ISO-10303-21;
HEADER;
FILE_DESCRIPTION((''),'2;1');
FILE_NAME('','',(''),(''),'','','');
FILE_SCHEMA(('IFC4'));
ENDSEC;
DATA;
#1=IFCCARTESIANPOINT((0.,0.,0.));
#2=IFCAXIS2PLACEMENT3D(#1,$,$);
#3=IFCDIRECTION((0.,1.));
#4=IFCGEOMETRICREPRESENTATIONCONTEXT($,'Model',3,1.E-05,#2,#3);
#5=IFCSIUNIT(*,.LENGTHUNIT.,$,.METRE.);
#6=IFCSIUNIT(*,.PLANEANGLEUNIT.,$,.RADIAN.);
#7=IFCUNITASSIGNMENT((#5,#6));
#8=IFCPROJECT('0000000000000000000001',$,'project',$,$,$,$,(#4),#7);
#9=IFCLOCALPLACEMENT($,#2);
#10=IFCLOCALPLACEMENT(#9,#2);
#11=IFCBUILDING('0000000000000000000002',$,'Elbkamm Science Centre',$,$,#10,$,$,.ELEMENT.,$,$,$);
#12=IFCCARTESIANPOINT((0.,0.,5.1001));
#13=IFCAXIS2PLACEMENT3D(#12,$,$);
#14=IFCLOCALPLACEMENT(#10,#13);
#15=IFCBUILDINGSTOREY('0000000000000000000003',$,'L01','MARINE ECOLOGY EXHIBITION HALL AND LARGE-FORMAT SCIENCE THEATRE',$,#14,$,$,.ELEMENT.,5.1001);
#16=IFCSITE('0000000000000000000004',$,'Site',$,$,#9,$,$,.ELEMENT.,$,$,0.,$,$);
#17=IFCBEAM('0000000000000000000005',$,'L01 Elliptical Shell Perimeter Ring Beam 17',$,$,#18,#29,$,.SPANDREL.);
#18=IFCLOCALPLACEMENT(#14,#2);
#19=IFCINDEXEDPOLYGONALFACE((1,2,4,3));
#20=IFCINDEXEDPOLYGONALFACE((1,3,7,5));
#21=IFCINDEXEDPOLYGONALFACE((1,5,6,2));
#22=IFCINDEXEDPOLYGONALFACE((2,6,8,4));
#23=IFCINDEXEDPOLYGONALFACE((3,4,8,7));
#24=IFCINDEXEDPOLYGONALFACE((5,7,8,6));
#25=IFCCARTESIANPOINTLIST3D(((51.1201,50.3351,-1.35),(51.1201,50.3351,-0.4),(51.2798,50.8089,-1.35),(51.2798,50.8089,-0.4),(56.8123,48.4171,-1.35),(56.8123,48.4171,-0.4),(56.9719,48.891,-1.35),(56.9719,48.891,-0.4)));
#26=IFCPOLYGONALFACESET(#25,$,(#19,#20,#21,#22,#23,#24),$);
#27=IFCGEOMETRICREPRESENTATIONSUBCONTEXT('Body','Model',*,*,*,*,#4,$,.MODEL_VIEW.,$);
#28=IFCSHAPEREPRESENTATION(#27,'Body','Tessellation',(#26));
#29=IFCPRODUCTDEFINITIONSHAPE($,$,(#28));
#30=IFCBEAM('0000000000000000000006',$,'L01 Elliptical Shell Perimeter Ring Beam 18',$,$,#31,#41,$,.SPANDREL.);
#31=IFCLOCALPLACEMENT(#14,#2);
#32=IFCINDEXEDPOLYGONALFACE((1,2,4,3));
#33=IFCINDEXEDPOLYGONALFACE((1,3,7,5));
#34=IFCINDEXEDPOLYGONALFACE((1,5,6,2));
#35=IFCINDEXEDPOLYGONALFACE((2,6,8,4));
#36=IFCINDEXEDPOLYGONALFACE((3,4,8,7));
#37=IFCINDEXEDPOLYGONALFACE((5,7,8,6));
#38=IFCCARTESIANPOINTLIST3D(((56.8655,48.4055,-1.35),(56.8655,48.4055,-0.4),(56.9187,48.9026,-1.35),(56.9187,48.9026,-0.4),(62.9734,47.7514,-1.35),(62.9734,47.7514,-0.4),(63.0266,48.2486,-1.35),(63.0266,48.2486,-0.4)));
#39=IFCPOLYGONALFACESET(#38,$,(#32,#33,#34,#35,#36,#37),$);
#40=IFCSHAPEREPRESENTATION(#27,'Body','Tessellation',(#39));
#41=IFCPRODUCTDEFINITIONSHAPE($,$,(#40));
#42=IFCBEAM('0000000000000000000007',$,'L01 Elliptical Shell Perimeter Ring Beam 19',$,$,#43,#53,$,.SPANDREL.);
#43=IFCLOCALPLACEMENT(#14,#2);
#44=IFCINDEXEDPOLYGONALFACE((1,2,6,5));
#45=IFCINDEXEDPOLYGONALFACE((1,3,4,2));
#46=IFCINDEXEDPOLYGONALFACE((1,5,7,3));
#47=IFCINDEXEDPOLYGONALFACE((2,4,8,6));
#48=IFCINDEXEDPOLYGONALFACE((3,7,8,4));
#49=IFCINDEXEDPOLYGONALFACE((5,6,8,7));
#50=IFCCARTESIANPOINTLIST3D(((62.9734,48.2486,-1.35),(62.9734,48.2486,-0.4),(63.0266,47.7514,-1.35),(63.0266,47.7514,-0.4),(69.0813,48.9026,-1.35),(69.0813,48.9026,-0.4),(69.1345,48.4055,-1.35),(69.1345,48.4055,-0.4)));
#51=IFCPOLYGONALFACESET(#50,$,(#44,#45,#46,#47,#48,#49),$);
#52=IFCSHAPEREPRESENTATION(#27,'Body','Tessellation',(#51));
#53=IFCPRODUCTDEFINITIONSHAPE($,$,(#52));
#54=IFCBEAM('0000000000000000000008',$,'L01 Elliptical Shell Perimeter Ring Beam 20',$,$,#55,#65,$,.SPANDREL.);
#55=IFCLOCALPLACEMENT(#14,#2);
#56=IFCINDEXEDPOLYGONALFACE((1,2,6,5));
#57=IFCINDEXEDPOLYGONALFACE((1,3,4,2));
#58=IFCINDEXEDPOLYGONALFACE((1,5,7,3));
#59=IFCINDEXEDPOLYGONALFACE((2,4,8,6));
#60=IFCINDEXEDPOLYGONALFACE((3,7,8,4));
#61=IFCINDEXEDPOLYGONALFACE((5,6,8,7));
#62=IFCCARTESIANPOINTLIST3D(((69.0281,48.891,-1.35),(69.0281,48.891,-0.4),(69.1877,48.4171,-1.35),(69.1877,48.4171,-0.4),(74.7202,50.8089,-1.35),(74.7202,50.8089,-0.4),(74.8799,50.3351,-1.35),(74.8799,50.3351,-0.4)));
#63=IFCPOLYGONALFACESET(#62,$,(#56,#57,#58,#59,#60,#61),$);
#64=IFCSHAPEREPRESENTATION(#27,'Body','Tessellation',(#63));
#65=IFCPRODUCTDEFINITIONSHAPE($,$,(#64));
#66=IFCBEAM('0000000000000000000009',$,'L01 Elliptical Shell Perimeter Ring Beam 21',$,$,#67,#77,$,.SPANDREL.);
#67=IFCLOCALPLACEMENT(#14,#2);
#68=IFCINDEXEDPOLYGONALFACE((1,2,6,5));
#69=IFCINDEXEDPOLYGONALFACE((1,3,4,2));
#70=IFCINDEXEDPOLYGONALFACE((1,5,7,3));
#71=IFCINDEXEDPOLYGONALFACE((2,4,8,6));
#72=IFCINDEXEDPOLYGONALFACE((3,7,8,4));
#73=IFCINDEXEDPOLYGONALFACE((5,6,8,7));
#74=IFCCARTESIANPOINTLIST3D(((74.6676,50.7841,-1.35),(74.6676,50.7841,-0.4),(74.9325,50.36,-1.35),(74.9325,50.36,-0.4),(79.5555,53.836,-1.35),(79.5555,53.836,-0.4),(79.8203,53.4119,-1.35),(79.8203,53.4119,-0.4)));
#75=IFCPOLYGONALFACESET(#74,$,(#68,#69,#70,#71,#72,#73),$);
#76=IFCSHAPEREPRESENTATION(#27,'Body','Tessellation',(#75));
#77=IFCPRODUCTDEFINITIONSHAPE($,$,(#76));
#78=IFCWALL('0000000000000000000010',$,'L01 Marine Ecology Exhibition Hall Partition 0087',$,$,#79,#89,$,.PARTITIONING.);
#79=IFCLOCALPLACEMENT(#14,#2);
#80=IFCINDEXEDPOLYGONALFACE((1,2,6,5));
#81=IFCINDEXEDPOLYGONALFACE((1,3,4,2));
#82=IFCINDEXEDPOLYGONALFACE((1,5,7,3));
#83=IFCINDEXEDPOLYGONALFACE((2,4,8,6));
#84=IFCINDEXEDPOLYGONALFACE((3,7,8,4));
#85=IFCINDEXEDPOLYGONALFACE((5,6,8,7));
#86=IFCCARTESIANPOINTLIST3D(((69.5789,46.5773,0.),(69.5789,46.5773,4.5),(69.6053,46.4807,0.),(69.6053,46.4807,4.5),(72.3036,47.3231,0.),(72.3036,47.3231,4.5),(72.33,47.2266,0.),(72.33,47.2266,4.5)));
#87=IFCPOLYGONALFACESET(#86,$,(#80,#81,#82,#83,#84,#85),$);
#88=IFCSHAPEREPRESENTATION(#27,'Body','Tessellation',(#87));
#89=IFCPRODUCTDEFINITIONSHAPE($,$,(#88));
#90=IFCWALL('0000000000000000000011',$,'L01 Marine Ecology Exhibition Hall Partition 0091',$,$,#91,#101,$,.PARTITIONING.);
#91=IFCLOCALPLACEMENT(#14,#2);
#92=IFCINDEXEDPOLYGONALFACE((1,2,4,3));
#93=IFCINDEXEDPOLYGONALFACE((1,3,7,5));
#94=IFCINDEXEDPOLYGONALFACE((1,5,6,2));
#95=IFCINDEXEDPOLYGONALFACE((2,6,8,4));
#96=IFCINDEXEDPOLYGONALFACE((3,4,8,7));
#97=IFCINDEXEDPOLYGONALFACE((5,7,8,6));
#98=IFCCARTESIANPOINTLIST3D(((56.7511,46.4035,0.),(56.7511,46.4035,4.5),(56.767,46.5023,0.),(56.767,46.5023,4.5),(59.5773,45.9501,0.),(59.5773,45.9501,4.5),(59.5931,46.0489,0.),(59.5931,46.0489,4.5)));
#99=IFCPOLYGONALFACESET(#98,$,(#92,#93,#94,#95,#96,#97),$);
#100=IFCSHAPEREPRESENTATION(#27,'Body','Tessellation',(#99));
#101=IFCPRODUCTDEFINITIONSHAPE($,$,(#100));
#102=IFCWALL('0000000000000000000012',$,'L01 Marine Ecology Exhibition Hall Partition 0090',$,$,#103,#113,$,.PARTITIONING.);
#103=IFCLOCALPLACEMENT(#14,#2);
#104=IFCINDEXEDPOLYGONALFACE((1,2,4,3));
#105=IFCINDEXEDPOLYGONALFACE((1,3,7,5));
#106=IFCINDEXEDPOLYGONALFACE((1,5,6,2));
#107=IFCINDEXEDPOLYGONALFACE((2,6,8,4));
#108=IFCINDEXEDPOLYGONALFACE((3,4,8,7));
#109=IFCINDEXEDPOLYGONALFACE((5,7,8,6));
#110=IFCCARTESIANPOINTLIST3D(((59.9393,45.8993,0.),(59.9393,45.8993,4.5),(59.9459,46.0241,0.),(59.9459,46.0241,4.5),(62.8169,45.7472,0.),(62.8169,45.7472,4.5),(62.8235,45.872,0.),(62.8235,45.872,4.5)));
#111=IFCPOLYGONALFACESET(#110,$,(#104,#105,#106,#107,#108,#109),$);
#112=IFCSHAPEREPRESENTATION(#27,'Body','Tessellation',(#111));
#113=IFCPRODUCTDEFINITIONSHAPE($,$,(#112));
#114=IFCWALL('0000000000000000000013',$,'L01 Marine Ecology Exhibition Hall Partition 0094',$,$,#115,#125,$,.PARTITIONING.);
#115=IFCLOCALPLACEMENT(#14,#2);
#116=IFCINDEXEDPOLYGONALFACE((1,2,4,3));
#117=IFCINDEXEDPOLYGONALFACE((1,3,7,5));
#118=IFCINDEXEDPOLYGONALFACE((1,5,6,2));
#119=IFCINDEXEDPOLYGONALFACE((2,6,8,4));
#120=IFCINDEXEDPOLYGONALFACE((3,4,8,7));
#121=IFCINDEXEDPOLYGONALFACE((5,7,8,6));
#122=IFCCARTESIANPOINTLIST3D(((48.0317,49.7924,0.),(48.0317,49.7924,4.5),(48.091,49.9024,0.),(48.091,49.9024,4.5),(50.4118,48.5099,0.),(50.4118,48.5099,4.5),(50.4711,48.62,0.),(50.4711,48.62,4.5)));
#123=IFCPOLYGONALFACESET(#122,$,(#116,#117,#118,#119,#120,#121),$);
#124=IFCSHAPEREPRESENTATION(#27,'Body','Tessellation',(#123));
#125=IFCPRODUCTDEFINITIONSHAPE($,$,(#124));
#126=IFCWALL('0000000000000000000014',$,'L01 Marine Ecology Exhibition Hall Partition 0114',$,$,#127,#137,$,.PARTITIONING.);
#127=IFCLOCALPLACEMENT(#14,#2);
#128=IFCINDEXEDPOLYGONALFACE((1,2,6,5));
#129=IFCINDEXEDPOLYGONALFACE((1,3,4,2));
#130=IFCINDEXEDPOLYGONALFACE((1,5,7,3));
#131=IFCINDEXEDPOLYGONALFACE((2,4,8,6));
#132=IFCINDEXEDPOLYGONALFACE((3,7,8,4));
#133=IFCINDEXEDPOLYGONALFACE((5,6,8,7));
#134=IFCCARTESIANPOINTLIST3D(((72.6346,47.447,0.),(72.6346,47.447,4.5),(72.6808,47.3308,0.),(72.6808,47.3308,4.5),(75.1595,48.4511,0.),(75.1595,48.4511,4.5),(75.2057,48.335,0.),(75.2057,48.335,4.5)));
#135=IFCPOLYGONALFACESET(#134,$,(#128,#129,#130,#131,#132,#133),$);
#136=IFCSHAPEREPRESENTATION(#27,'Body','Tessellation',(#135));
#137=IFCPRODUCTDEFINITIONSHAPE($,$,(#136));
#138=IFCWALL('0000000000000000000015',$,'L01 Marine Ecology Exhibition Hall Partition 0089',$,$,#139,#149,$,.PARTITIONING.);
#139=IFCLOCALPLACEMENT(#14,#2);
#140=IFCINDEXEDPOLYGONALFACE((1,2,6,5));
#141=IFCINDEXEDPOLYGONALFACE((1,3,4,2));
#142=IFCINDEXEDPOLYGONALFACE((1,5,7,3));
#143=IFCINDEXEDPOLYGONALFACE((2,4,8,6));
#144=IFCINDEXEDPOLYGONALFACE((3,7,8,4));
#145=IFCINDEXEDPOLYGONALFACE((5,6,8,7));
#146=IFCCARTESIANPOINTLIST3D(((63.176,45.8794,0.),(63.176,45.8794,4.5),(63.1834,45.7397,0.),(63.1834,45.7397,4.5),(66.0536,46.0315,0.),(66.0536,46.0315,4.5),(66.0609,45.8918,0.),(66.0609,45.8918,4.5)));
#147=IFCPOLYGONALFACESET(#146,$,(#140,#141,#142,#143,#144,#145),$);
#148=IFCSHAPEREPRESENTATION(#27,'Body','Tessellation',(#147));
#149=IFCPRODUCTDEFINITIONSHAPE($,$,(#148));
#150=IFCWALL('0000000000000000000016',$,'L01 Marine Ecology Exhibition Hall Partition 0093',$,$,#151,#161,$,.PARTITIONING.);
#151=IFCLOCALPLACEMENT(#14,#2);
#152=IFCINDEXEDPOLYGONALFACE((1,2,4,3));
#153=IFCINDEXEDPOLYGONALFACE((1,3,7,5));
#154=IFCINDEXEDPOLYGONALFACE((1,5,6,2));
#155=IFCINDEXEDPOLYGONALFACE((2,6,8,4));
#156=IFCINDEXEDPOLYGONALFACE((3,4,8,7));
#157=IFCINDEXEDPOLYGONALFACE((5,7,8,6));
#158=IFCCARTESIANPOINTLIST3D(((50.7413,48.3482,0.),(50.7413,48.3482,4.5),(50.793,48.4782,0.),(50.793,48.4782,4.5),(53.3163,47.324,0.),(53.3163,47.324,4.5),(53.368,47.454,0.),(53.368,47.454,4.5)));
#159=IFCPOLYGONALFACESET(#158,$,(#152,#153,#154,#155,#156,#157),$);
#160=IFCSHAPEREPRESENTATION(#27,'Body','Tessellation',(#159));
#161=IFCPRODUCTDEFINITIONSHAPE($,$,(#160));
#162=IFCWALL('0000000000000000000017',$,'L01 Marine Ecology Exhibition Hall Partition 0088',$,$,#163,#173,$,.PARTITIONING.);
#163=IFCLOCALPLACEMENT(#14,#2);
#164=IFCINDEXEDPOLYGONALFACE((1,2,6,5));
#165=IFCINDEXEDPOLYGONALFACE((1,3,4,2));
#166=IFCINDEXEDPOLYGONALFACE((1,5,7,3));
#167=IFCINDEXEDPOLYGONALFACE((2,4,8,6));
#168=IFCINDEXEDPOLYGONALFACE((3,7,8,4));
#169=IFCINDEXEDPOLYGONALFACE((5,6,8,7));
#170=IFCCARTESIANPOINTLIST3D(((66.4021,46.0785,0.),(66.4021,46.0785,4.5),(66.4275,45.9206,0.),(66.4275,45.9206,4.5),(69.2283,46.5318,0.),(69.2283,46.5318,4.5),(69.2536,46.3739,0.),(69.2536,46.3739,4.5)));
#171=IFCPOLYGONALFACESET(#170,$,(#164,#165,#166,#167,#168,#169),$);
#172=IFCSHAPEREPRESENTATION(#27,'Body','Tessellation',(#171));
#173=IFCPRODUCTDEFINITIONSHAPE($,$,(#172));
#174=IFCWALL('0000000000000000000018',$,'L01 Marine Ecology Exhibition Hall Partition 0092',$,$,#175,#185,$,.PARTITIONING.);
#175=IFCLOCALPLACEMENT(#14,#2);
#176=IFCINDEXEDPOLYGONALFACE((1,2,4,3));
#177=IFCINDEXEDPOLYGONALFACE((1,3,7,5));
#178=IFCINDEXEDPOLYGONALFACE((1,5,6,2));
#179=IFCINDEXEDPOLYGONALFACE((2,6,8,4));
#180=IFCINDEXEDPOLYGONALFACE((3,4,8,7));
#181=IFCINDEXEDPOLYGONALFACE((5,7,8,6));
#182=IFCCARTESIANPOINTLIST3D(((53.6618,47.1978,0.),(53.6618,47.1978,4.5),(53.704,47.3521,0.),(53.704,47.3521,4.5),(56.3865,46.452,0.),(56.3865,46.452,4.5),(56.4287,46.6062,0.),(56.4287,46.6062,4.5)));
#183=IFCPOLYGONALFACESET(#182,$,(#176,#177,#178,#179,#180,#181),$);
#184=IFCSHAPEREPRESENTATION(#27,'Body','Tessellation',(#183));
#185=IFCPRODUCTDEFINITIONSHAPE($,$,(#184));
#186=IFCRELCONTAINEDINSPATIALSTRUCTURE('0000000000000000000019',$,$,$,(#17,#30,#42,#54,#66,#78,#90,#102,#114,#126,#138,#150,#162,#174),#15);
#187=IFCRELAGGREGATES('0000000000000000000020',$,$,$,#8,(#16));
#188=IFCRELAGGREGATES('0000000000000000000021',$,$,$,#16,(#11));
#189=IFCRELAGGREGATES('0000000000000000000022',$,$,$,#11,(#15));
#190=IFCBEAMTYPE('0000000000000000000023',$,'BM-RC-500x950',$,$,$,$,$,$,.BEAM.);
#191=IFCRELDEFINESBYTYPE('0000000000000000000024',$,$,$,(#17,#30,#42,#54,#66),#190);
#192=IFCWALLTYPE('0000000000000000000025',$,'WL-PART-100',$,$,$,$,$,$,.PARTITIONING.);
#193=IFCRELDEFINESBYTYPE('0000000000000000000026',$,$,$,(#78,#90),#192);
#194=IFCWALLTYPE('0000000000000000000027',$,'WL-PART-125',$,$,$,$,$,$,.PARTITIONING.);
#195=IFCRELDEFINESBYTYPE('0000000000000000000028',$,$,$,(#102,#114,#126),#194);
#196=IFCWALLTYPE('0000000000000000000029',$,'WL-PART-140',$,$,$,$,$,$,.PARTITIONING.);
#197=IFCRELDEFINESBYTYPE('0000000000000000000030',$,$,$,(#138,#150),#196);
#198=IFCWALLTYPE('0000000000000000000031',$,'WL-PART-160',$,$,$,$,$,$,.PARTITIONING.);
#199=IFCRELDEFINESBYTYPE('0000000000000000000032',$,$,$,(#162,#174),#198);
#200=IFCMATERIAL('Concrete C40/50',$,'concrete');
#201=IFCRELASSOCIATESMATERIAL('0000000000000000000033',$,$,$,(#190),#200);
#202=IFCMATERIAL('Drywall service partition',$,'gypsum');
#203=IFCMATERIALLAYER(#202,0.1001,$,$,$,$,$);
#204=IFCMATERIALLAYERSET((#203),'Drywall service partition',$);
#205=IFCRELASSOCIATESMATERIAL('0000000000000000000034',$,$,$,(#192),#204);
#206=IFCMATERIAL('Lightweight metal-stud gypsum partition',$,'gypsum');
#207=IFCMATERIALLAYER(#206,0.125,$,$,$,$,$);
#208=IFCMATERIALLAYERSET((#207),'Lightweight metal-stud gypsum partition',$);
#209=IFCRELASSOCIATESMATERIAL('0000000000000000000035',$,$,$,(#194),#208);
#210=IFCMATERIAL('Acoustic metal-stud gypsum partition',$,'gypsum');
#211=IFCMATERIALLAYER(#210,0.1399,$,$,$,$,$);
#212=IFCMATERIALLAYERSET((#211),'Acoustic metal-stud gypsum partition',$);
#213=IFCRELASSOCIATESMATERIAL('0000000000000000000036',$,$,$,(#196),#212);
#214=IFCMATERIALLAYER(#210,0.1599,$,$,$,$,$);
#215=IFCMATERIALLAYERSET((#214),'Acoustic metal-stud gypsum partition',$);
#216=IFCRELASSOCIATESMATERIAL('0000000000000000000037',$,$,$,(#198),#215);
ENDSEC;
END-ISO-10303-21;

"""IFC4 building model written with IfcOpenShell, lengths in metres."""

from ifc_helpers import new_model, si_unit, direction, frame, frame_2d, origin, origin_2d, place, context, subcontext, project, spatial, rectangle, extrude, material, layer, layer_set, material_profile, profile_set, type_object, element, save


model = new_model("IFC4")

# Units and contexts
model_context = context("Model", 3, precision=1e-05, world=origin(), true_north=direction((0.0, 1.0)))
body_context = subcontext(model_context, "Body", "Model", "MODEL_VIEW")
ifc_project = project(units=[si_unit("LENGTHUNIT", "METRE"), si_unit("PLANEANGLEUNIT", "RADIAN")], contexts=[model_context])

# Site, building, storey
site_placement = place(None, origin())
site = spatial("IfcSite", under=ifc_project, at=site_placement, Name="Site", CompositionType="ELEMENT", RefElevation=0.0)
building_placement = place(site_placement, origin())
building = spatial("IfcBuilding", under=site, at=building_placement, Name="Elbkamm Science Centre", CompositionType="ELEMENT")
storey_placement = place(building_placement, frame((0.0, 0.0, 5.1001)))
storey = spatial("IfcBuildingStorey", under=building, at=storey_placement, Name="L01", Description="MARINE ECOLOGY EXHIBITION HALL AND LARGE-FORMAT SCIENCE THEATRE", CompositionType="ELEMENT", Elevation=5.1001)

# Shared definitions
ifc_material_1 = material(Name="Concrete C40/50", Category="concrete")

# Beams
ifc_material_profile_1 = material_profile(ifc_material_1, rectangle(XDim=0.5, YDim=0.95, at=origin_2d()), Name="RC 500x950")
ifc_profile_set_1 = profile_set([ifc_material_profile_1], Name="Concrete C40/50")
beam_type_1 = type_object("IfcBeamType", Name="BM-RC-500x950", PredefinedType="BEAM", material=ifc_profile_set_1)
beam_1_placement = place(storey_placement, frame((51.2, 50.572, -0.875), z_axis=(0.94765, -0.319311, 0.0), x_axis=(0.319311, 0.94765, 0.0)))
element("IfcBeam", 1, at=beam_1_placement, inside=storey, type_object=beam_type_1, Name="L01 Elliptical Shell Perimeter Ring Beam 17", PredefinedType="SPANDREL", context=body_context, shape_type="SweptSolid", body=[
    extrude(rectangle(XDim=0.5, YDim=0.95, at=origin_2d()), origin(), (0.0, 0.0, 1.0), 6.0066),
])
for number, where, z_axis, x_axis, name in (
    (2, (56.8921, 48.6541, -0.875), (0.994315, -0.106474, 0.0), (0.106474, 0.994315, 0.0), "L01 Elliptical Shell Perimeter Ring Beam 18"),
    (3, (63.0, 48.0, -0.875), (0.994315, 0.106474, 0.0), (-0.106474, 0.994315, 0.0), "L01 Elliptical Shell Perimeter Ring Beam 19"),
):
    element("IfcBeam", number, at=place(storey_placement, frame(where, z_axis=z_axis, x_axis=x_axis)), inside=storey, type_object=beam_type_1, Name=name, PredefinedType="SPANDREL", context=body_context, shape_type="SweptSolid", body=[
        extrude(rectangle(XDim=0.5, YDim=0.95, at=origin_2d()), origin(), (0.0, 0.0, 1.0), 6.1428),
    ])
beam_2_placement = place(storey_placement, frame((69.1079, 48.6541, -0.875), z_axis=(0.94765, 0.319311, 0.0), x_axis=(-0.319311, 0.94765, 0.0)))
element("IfcBeam", 4, at=beam_2_placement, inside=storey, type_object=beam_type_1, Name="L01 Elliptical Shell Perimeter Ring Beam 20", PredefinedType="SPANDREL", context=body_context, shape_type="SweptSolid", body=[
    extrude(rectangle(XDim=0.5, YDim=0.95, at=origin_2d()), origin(), (0.0, 0.0, 1.0), 6.0066),
])
beam_3_placement = place(storey_placement, frame((74.8, 50.572, -0.875), z_axis=(0.848229, 0.529629, 0.0), x_axis=(-0.529629, 0.848229, 0.0)))
element("IfcBeam", 5, at=beam_3_placement, inside=storey, type_object=beam_type_1, Name="L01 Elliptical Shell Perimeter Ring Beam 21", PredefinedType="SPANDREL", context=body_context, shape_type="SweptSolid", body=[
    extrude(rectangle(XDim=0.5, YDim=0.95, at=origin_2d()), origin(), (0.0, 0.0, 1.0), 5.7625),
])

# Walls
ifc_material_2 = material(Name="Drywall service partition", Category="gypsum")
ifc_layer_1 = layer(ifc_material_2, 0.1001)
ifc_layer_set_1 = layer_set([ifc_layer_1], Name="Drywall service partition")
wall_type_1 = type_object("IfcWallType", Name="WL-PART-100", PredefinedType="PARTITIONING", material=ifc_layer_set_1)
wall_1_placement = place(storey_placement, frame((72.3169, 47.2749, 0.0), z_axis=(0.0, 0.0, 1.0), x_axis=(-0.964514, -0.264031, 0.0)))
element("IfcWall", 6, at=wall_1_placement, inside=storey, type_object=wall_type_1, Name="L01 Marine Ecology Exhibition Hall Partition 0087", PredefinedType="PARTITIONING", context=body_context, shape_type="SweptSolid", body=[
    extrude(rectangle(XDim=2.825, YDim=0.1001, at=frame_2d((1.4126, 0.0))), origin(), (0.0, 0.0, 1.0), 4.5),
])
wall_2_placement = place(storey_placement, frame((59.5852, 45.9995, 0.0), z_axis=(0.0, 0.0, 1.0), x_axis=(-0.987376, 0.158393, 0.0)))
element("IfcWall", 7, at=wall_2_placement, inside=storey, type_object=wall_type_1, Name="L01 Marine Ecology Exhibition Hall Partition 0091", PredefinedType="PARTITIONING", context=body_context, shape_type="SweptSolid", body=[
    extrude(rectangle(XDim=2.8623, YDim=0.1001, at=frame_2d((1.4312, 0.0))), origin(), (0.0, 0.0, 1.0), 4.5),
])
ifc_material_3 = material(Name="Lightweight metal-stud gypsum partition", Category="gypsum")
ifc_layer_2 = layer(ifc_material_3, 0.125)
ifc_layer_set_2 = layer_set([ifc_layer_2], Name="Lightweight metal-stud gypsum partition")
wall_type_2 = type_object("IfcWallType", Name="WL-PART-125", PredefinedType="PARTITIONING", material=ifc_layer_set_2)
wall_3_placement = place(storey_placement, frame((62.8203, 45.8096, 0.0), z_axis=(0.0, 0.0, 1.0), x_axis=(-0.998606, 0.052781, 0.0)))
element("IfcWall", 8, at=wall_3_placement, inside=storey, type_object=wall_type_2, Name="L01 Marine Ecology Exhibition Hall Partition 0090", PredefinedType="PARTITIONING", context=body_context, shape_type="SweptSolid", body=[
    extrude(rectangle(XDim=2.8816, YDim=0.125, at=frame_2d((1.4409, 0.0))), origin(), (0.0, 0.0, 1.0), 4.5),
])
wall_4_placement = place(storey_placement, frame((50.4414, 48.5649, 0.0), z_axis=(0.0, 0.0, 1.0), x_axis=(-0.880338, 0.474348, 0.0)))
element("IfcWall", 9, at=wall_4_placement, inside=storey, type_object=wall_type_2, Name="L01 Marine Ecology Exhibition Hall Partition 0094", PredefinedType="PARTITIONING", context=body_context, shape_type="SweptSolid", body=[
    extrude(rectangle(XDim=2.7036, YDim=0.125, at=frame_2d((1.3518, 0.0))), origin(), (0.0, 0.0, 1.0), 4.5),
])
wall_5_placement = place(storey_placement, frame((75.1826, 48.3931, 0.0), z_axis=(0.0, 0.0, 1.0), x_axis=(-0.929212, -0.369547, 0.0)))
element("IfcWall", 10, at=wall_5_placement, inside=storey, type_object=wall_type_2, Name="L01 Marine Ecology Exhibition Hall Partition 0114", PredefinedType="PARTITIONING", context=body_context, shape_type="SweptSolid", body=[
    extrude(rectangle(XDim=2.7173, YDim=0.125, at=frame_2d((1.3586, 0.0))), origin(), (0.0, 0.0, 1.0), 4.5),
])
ifc_material_4 = material(Name="Acoustic metal-stud gypsum partition", Category="gypsum")
ifc_layer_3 = layer(ifc_material_4, 0.1399)
ifc_layer_set_3 = layer_set([ifc_layer_3], Name="Acoustic metal-stud gypsum partition")
wall_type_3 = type_object("IfcWallType", Name="WL-PART-140", PredefinedType="PARTITIONING", material=ifc_layer_set_3)
wall_6_placement = place(storey_placement, frame((66.0574, 45.9617, 0.0), z_axis=(0.0, 0.0, 1.0), x_axis=(-0.998606, -0.052781, 0.0)))
element("IfcWall", 11, at=wall_6_placement, inside=storey, type_object=wall_type_3, Name="L01 Marine Ecology Exhibition Hall Partition 0089", PredefinedType="PARTITIONING", context=body_context, shape_type="SweptSolid", body=[
    extrude(rectangle(XDim=2.8816, YDim=0.1399, at=frame_2d((1.4409, 0.0))), origin(), (0.0, 0.0, 1.0), 4.5),
])
wall_7_placement = place(storey_placement, frame((53.3423, 47.3889, 0.0), z_axis=(0.0, 0.0, 1.0), x_axis=(-0.929198, 0.369582, 0.0)))
element("IfcWall", 12, at=wall_7_placement, inside=storey, type_object=wall_type_3, Name="L01 Marine Ecology Exhibition Hall Partition 0093", PredefinedType="PARTITIONING", context=body_context, shape_type="SweptSolid", body=[
    extrude(rectangle(XDim=2.7712, YDim=0.1399, at=frame_2d((1.3857, 0.0))), origin(), (0.0, 0.0, 1.0), 4.5),
])
ifc_layer_4 = layer(ifc_material_4, 0.1599)
ifc_layer_set_4 = layer_set([ifc_layer_4], Name="Acoustic metal-stud gypsum partition")
wall_type_4 = type_object("IfcWallType", Name="WL-PART-160", PredefinedType="PARTITIONING", material=ifc_layer_set_4)
wall_8_placement = place(storey_placement, frame((69.241, 46.4529, 0.0), z_axis=(0.0, 0.0, 1.0), x_axis=(-0.987376, -0.158393, 0.0)))
element("IfcWall", 13, at=wall_8_placement, inside=storey, type_object=wall_type_4, Name="L01 Marine Ecology Exhibition Hall Partition 0088", PredefinedType="PARTITIONING", context=body_context, shape_type="SweptSolid", body=[
    extrude(rectangle(XDim=2.8623, YDim=0.1599, at=frame_2d((1.4312, 0.0))), origin(), (0.0, 0.0, 1.0), 4.5),
])
wall_9_placement = place(storey_placement, frame((56.4077, 46.5291, 0.0), z_axis=(0.0, 0.0, 1.0), x_axis=(-0.964514, 0.264031, 0.0)))
element("IfcWall", 14, at=wall_9_placement, inside=storey, type_object=wall_type_4, Name="L01 Marine Ecology Exhibition Hall Partition 0092", PredefinedType="PARTITIONING", context=body_context, shape_type="SweptSolid", body=[
    extrude(rectangle(XDim=2.825, YDim=0.1599, at=frame_2d((1.4126, 0.0))), origin(), (0.0, 0.0, 1.0), 4.5),
])

save(model, "model.ifc")
